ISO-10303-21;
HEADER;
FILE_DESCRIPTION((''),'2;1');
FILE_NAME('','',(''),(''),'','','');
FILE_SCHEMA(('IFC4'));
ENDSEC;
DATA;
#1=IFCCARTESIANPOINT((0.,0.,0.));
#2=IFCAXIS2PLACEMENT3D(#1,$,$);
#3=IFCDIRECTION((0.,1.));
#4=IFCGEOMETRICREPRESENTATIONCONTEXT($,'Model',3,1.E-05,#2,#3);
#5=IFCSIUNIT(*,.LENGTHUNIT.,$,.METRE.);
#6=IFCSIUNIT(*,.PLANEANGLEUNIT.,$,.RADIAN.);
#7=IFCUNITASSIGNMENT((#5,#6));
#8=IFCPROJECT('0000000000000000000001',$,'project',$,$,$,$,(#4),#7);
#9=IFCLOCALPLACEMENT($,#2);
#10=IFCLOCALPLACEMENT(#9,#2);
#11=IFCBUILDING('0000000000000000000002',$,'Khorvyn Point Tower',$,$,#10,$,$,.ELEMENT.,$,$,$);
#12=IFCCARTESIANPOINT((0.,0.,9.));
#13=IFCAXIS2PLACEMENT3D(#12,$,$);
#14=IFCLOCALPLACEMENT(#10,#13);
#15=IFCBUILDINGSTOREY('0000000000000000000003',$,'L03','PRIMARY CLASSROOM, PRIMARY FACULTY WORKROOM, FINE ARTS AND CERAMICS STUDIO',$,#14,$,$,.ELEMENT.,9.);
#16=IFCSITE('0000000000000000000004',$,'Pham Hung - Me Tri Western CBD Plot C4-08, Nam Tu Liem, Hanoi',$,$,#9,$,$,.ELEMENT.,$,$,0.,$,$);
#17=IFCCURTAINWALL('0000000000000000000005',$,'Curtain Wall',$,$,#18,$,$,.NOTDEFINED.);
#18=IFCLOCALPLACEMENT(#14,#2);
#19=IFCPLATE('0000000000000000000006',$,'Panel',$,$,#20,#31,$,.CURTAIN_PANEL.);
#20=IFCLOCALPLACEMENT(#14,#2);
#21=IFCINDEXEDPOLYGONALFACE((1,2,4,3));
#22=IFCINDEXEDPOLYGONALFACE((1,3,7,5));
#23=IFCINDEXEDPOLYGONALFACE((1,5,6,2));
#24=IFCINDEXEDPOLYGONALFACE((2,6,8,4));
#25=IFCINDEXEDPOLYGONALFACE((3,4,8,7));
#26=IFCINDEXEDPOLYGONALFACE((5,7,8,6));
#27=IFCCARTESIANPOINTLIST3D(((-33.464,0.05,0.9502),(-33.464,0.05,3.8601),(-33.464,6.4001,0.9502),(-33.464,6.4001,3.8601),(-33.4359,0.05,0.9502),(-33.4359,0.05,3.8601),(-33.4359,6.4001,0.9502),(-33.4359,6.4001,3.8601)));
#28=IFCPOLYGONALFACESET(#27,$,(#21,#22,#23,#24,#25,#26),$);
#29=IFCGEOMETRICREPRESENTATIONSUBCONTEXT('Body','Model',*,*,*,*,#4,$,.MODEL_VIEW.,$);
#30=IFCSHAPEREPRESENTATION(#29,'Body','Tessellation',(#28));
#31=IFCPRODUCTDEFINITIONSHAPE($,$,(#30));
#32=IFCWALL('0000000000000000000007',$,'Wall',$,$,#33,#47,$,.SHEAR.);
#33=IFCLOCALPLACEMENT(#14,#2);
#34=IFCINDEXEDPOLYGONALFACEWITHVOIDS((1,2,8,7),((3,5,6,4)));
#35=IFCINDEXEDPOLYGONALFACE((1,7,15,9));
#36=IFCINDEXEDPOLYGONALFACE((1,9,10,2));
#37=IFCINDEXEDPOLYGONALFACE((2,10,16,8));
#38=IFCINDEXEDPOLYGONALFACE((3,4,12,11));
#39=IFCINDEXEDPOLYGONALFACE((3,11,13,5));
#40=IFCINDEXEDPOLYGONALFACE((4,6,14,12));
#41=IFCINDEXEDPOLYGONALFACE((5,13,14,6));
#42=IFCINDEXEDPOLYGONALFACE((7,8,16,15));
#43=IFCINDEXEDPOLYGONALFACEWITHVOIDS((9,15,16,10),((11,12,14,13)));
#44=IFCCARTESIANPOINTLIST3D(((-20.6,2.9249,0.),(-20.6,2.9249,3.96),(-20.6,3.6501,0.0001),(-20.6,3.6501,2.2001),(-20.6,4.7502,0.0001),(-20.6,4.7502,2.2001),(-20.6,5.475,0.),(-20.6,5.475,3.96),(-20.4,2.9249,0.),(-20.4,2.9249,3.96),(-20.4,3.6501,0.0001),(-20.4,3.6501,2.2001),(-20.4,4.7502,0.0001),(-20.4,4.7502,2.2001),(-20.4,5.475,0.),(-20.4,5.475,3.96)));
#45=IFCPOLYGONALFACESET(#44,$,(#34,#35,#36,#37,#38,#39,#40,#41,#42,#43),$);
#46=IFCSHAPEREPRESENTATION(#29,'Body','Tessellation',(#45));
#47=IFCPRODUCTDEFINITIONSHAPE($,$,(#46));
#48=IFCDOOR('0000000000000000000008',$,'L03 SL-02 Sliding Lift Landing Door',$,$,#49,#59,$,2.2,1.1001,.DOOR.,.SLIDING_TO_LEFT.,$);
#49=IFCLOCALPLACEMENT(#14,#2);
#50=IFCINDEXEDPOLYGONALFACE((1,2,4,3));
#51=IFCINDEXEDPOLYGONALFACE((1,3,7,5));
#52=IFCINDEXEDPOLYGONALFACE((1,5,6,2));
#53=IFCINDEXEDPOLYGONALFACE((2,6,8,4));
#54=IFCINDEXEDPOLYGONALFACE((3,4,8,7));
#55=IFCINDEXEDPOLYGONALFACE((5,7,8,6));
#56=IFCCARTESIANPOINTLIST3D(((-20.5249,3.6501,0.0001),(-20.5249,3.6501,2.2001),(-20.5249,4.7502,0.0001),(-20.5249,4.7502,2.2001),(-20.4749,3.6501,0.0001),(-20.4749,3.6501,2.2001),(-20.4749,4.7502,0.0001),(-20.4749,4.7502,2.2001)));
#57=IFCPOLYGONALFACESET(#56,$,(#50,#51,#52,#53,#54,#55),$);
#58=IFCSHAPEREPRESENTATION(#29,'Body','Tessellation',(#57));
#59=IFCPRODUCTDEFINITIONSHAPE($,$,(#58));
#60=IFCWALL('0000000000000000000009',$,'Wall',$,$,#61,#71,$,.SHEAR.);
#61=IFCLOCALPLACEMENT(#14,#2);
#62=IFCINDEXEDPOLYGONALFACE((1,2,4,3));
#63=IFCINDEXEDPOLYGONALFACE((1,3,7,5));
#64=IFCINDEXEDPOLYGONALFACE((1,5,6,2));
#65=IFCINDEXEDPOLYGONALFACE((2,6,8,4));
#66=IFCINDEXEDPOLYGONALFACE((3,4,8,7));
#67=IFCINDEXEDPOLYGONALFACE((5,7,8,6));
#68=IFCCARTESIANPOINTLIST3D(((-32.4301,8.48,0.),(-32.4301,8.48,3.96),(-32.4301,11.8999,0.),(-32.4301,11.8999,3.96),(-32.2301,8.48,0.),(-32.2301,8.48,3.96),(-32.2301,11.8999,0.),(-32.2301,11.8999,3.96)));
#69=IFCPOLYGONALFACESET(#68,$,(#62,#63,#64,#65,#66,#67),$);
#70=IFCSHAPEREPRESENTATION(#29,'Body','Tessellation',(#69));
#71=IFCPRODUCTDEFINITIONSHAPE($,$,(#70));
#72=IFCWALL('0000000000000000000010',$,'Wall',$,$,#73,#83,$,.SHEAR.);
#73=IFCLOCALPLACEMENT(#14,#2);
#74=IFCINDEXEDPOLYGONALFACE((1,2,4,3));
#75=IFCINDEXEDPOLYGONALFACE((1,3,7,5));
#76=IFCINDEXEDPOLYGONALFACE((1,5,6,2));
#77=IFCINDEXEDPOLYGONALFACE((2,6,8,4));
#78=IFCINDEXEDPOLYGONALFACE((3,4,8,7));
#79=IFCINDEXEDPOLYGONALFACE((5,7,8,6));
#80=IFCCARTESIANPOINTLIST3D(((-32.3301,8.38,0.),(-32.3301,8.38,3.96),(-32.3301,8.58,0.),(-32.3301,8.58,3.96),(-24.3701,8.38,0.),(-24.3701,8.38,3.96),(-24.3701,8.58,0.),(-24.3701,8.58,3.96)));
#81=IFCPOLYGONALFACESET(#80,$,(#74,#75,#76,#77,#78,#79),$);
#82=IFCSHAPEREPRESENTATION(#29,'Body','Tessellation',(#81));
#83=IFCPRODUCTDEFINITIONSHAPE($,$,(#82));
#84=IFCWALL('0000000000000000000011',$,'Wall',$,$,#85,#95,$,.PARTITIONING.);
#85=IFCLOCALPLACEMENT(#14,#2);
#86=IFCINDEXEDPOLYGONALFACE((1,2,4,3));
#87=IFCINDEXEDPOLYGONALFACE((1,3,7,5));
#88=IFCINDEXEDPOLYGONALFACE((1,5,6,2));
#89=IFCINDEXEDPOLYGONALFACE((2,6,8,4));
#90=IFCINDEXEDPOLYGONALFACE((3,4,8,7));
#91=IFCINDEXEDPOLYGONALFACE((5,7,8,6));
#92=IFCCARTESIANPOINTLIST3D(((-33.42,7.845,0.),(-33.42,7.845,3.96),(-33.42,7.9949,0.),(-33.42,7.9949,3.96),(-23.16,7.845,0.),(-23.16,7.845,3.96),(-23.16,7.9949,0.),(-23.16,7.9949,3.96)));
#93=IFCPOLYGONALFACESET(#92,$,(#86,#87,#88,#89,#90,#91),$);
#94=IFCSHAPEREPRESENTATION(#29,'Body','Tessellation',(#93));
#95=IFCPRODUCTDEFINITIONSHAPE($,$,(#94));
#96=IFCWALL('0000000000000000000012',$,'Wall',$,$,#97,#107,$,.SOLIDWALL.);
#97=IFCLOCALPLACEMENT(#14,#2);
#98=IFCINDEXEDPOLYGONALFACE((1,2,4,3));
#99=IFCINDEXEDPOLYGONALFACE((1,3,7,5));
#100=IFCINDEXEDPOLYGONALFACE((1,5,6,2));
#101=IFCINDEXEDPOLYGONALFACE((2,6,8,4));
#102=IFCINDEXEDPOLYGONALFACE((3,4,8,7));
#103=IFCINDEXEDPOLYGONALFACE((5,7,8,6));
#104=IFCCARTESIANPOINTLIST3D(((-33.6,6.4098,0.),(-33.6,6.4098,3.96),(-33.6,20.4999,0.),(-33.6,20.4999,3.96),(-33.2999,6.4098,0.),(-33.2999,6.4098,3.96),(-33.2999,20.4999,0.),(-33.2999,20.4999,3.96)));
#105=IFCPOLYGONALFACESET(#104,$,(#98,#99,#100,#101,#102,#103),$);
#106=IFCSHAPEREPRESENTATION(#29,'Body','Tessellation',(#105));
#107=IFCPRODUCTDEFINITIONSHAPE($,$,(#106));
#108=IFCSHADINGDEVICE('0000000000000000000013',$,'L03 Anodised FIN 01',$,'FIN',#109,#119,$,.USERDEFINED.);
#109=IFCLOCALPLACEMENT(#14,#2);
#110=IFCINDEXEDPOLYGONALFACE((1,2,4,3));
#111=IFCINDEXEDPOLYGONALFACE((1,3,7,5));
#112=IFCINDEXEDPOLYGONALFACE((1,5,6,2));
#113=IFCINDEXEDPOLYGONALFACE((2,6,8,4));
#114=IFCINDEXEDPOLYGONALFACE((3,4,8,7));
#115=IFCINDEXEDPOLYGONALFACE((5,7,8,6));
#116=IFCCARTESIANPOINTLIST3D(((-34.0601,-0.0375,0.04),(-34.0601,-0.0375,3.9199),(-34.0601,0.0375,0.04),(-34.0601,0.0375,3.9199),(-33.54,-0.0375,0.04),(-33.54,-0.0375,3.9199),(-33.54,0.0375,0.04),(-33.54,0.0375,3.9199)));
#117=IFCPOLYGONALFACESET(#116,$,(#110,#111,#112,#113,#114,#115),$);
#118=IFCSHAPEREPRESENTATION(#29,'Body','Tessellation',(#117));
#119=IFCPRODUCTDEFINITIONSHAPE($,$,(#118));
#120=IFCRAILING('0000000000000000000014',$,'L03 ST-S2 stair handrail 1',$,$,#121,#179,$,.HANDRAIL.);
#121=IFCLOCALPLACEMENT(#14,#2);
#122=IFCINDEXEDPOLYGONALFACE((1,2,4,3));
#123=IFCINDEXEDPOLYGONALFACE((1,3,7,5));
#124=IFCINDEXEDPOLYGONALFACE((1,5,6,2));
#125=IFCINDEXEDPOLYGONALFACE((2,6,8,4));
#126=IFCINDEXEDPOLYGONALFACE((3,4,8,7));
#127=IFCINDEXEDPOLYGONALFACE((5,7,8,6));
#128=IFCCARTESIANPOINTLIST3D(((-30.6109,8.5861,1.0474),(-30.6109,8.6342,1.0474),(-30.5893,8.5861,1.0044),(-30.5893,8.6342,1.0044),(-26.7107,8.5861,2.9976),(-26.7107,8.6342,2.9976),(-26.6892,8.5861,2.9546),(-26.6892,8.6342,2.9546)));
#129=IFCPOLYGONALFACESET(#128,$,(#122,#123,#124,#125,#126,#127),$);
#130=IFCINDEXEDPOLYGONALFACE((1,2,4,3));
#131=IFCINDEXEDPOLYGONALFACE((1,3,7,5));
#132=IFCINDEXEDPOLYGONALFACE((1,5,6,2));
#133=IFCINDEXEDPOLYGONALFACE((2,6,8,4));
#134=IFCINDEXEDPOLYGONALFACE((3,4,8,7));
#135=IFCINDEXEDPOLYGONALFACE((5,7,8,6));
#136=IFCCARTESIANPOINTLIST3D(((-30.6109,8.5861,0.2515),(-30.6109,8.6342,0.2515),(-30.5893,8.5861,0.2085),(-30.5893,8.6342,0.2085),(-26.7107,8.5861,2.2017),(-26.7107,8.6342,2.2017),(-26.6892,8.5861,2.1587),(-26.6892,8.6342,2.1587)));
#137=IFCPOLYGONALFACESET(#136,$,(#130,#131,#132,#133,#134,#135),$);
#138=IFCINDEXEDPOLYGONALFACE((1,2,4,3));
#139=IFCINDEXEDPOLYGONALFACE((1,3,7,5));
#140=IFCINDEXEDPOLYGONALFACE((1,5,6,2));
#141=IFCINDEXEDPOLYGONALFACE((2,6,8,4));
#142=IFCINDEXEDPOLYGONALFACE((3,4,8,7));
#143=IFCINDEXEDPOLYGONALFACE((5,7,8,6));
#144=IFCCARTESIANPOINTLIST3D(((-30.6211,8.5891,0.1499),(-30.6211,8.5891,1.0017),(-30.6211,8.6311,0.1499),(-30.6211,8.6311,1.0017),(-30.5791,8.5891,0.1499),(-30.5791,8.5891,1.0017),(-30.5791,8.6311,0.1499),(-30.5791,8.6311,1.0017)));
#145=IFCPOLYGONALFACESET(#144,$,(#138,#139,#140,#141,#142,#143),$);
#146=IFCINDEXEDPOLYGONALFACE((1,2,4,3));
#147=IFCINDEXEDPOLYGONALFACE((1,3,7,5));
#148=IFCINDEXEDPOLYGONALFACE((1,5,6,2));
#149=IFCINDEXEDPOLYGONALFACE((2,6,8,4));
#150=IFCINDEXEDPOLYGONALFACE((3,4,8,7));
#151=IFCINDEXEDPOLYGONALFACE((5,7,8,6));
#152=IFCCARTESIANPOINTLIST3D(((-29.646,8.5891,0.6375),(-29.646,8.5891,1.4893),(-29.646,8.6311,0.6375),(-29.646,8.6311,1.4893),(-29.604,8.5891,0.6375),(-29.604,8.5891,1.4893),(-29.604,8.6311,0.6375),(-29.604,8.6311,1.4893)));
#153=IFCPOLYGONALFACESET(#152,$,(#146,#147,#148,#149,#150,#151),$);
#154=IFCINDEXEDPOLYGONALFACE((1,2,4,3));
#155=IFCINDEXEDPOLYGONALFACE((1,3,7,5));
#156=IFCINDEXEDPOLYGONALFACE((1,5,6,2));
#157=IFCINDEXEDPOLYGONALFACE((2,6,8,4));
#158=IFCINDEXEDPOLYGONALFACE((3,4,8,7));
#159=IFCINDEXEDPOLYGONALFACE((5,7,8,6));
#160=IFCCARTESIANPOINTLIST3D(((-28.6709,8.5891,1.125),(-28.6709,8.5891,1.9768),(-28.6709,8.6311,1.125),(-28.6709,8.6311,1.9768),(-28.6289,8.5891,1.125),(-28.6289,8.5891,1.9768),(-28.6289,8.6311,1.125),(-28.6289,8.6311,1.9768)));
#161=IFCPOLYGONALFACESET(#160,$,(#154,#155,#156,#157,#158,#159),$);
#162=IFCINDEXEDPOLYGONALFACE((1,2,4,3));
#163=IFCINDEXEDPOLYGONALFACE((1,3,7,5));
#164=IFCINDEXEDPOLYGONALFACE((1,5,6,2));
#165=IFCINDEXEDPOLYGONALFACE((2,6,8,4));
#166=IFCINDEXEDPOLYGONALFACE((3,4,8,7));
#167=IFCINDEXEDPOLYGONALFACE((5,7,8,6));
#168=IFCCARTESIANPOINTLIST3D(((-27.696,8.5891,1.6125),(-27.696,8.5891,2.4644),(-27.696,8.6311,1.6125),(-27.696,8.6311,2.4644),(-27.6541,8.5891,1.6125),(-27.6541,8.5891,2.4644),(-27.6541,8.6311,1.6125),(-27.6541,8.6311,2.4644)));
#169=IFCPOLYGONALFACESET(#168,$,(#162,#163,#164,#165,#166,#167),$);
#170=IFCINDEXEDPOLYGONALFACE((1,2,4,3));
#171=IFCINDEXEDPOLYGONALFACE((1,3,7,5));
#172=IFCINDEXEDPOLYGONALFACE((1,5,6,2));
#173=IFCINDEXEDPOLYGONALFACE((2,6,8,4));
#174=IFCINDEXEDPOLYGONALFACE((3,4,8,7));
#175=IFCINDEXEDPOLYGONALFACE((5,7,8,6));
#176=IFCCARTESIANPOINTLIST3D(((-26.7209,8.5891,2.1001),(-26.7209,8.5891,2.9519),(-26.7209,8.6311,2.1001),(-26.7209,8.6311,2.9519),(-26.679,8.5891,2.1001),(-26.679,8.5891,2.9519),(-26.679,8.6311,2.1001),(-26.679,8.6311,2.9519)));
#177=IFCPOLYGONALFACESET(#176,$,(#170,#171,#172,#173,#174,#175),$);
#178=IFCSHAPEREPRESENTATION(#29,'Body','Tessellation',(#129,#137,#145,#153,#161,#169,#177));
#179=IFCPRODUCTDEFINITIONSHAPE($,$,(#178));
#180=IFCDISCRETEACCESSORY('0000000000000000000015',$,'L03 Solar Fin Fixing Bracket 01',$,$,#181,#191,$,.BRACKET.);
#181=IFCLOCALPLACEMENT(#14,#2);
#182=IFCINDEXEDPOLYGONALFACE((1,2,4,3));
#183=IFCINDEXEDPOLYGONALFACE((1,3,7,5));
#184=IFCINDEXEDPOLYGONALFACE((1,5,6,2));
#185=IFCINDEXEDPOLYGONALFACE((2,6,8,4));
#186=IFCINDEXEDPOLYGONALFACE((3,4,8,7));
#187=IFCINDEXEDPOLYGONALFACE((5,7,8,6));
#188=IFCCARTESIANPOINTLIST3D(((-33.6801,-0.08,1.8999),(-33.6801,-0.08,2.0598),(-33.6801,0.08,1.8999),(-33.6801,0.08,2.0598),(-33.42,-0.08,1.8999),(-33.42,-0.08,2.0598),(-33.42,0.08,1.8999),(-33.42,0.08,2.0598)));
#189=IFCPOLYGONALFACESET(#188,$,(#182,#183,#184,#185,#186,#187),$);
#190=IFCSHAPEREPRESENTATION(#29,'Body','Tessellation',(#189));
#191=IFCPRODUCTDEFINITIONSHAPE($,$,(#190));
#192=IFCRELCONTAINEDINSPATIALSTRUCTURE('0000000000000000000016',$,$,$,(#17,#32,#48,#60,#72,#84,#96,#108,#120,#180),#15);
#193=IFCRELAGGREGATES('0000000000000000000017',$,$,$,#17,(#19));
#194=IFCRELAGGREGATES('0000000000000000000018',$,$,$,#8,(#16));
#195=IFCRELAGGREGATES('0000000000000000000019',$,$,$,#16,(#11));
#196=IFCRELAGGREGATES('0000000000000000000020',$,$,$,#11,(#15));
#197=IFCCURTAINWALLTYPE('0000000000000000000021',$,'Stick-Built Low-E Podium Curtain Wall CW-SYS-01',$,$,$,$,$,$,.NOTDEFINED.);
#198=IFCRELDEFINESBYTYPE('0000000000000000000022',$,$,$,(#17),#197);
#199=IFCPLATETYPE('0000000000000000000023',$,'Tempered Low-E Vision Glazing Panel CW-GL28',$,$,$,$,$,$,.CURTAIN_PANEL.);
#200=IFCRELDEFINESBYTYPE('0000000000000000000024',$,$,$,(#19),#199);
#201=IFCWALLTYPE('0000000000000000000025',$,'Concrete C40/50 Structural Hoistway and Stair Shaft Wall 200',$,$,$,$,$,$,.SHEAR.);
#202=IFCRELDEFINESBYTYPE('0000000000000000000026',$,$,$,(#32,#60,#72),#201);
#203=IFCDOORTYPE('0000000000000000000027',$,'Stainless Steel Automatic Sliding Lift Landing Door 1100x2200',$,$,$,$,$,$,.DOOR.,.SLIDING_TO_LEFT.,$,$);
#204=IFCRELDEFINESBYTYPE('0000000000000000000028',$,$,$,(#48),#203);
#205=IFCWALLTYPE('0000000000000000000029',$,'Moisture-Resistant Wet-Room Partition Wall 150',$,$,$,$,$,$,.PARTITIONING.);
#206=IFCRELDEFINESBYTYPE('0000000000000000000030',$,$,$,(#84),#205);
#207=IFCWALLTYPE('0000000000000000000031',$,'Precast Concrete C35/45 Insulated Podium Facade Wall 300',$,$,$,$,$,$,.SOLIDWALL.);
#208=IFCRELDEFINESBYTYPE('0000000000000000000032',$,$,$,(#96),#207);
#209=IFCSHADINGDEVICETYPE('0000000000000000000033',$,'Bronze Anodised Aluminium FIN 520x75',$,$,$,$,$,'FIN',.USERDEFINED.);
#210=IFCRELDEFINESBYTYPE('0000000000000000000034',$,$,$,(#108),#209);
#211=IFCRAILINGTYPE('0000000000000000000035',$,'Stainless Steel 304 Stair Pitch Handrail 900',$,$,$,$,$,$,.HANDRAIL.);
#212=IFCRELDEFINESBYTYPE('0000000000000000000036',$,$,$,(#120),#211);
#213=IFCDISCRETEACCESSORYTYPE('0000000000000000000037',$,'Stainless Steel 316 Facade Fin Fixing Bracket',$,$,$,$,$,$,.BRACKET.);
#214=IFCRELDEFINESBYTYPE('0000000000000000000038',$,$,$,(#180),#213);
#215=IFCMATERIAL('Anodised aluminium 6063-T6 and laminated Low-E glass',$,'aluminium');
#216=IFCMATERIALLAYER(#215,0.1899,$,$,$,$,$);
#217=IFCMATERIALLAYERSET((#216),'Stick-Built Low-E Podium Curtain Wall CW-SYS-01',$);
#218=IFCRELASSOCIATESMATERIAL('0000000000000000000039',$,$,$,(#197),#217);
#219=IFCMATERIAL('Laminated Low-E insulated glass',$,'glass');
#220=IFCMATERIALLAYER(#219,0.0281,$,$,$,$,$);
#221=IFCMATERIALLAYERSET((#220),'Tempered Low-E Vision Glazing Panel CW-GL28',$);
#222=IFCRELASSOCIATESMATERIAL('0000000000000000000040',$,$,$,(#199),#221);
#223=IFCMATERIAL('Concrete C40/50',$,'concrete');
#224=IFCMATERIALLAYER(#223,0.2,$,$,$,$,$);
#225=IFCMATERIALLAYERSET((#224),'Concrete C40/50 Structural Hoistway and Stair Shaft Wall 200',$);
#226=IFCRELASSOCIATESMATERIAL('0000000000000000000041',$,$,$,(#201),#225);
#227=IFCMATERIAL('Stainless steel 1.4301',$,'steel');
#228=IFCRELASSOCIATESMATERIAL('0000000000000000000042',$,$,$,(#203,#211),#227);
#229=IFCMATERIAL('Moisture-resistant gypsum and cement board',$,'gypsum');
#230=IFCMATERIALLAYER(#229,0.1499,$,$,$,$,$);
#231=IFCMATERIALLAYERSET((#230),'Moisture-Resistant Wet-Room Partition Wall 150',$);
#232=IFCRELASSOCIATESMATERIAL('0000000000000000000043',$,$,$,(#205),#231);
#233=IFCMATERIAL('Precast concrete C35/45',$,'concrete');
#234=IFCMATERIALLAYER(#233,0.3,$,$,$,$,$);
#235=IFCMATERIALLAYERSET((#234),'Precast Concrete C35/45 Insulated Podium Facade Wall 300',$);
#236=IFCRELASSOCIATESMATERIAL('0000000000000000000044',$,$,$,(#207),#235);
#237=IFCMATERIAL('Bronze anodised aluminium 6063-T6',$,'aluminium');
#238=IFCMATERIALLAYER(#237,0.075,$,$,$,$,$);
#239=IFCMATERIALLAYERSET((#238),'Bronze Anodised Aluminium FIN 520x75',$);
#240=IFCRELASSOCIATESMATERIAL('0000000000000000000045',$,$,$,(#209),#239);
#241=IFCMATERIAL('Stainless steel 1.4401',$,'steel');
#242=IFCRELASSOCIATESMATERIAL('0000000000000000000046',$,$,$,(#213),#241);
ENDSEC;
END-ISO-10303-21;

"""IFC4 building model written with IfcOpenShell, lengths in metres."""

from ifc_helpers import new_model, si_unit, direction, frame, frame_2d, origin, origin_2d, place, context, subcontext, project, spatial, rectangle, extrude, material, layer, layer_set, type_object, element, fill, aggregate, save


model = new_model("IFC4")

# Units and contexts
model_context = context("Model", 3, precision=1e-05, world=origin(), true_north=direction((0.0, 1.0)))
body_context = subcontext(model_context, "Body", "Model", "MODEL_VIEW")
ifc_project = project(units=[si_unit("LENGTHUNIT", "METRE"), si_unit("PLANEANGLEUNIT", "RADIAN")], contexts=[model_context])

# Site, building, storey
site_placement = place(None, origin())
site = spatial("IfcSite", under=ifc_project, at=site_placement, Name="Pham Hung - Me Tri Western CBD Plot C4-08, Nam Tu Liem, Hanoi", CompositionType="ELEMENT", RefElevation=0.0)
building_placement = place(site_placement, origin())
building = spatial("IfcBuilding", under=site, at=building_placement, Name="Khorvyn Point Tower", CompositionType="ELEMENT")
storey_placement = place(building_placement, frame((0.0, 0.0, 9.0)))
storey = spatial("IfcBuildingStorey", under=building, at=storey_placement, Name="L03", Description="PRIMARY CLASSROOM, PRIMARY FACULTY WORKROOM, FINE ARTS AND CERAMICS STUDIO", CompositionType="ELEMENT", Elevation=9.0)

# Shared definitions
ifc_material_1 = material(Name="Concrete C40/50", Category="concrete")

# Curtain wall
ifc_material_2 = material(Name="Anodised aluminium 6063-T6 and laminated Low-E glass", Category="aluminium")
ifc_layer_1 = layer(ifc_material_2, 0.1899)
ifc_layer_set_1 = layer_set([ifc_layer_1], Name="Stick-Built Low-E Podium Curtain Wall CW-SYS-01")
curtain_wall_type = type_object("IfcCurtainWallType", Name="Stick-Built Low-E Podium Curtain Wall CW-SYS-01", PredefinedType="NOTDEFINED", material=ifc_layer_set_1)
curtain_wall_placement = place(storey_placement, origin())
curtain_wall = element("IfcCurtainWall", 1, at=curtain_wall_placement, inside=storey, type_object=curtain_wall_type, Name="Curtain Wall", PredefinedType="NOTDEFINED")

# Plate
ifc_material_3 = material(Name="Laminated Low-E insulated glass", Category="glass")
ifc_layer_2 = layer(ifc_material_3, 0.0281)
ifc_layer_set_2 = layer_set([ifc_layer_2], Name="Tempered Low-E Vision Glazing Panel CW-GL28")
plate_type_1 = type_object("IfcPlateType", Name="Tempered Low-E Vision Glazing Panel CW-GL28", PredefinedType="CURTAIN_PANEL", material=ifc_layer_set_2)
plate_1_placement = place(storey_placement, frame((-33.45, 3.2251, 0.9502), z_axis=(0.0, 0.0, 1.0), x_axis=(0.0, 1.0, 0.0)))
plate_1 = element("IfcPlate", 2, at=plate_1_placement, type_object=plate_type_1, Name="Panel", PredefinedType="CURTAIN_PANEL", context=body_context, shape_type="SweptSolid", body=[
    extrude(rectangle(XDim=6.3501, YDim=0.0281, at=origin_2d()), origin(), (0.0, 0.0, 1.0), 2.9099),
])
aggregate(curtain_wall, [plate_1])

# Wall, opening, door
ifc_layer_3 = layer(ifc_material_1, 0.2)
ifc_layer_set_3 = layer_set([ifc_layer_3], Name="Concrete C40/50 Structural Hoistway and Stair Shaft Wall 200")
wall_type_1 = type_object("IfcWallType", Name="Concrete C40/50 Structural Hoistway and Stair Shaft Wall 200", PredefinedType="SHEAR", material=ifc_layer_set_3)
wall_1_placement = place(storey_placement, frame((-20.5, 2.925, 0.0), z_axis=(0.0, 0.0, 1.0), x_axis=(0.0, 1.0, 0.0)))
wall_1 = element("IfcWall", 3, at=wall_1_placement, inside=storey, type_object=wall_type_1, Name="Wall", PredefinedType="SHEAR", context=body_context, shape_type="SweptSolid", body=[
    extrude(rectangle(XDim=2.55, YDim=0.2, at=frame_2d((1.2749, 0.0))), origin(), (0.0, 0.0, 1.0), 3.96),
])
opening_placement = place(wall_1_placement, frame((0.7251, 0.0, 0.0)))
opening = element("IfcOpeningElement", 4, at=opening_placement, cuts=wall_1, PredefinedType="OPENING", context=body_context, shape_type="SweptSolid", body=[
    extrude(rectangle(XDim=1.1001, YDim=2.2, at=frame_2d((0.55, 1.1001))), frame((0.0, 0.1099, 0.0), z_axis=(0.0, -1.0, 0.0), x_axis=(1.0, 0.0, 0.0)), (0.0, 0.0, 1.0), 0.22),
])
ifc_material_4 = material(Name="Stainless steel 1.4301", Category="steel")
door_type = type_object("IfcDoorType", Name="Stainless Steel Automatic Sliding Lift Landing Door 1100x2200", OperationType="SLIDING_TO_LEFT", PredefinedType="DOOR", material=ifc_material_4)
door_placement = place(opening_placement, origin())
door = element("IfcDoor", 5, at=door_placement, inside=storey, type_object=door_type, Name="L03 SL-02 Sliding Lift Landing Door", OperationType="SLIDING_TO_LEFT", OverallHeight=2.2, OverallWidth=1.1001, PredefinedType="DOOR", context=body_context, shape_type="SweptSolid", body=[
    extrude(rectangle(XDim=1.1001, YDim=2.2, at=frame_2d((0.55, 1.1001))), frame((0.0, 0.0249, 0.0), z_axis=(0.0, -1.0, 0.0), x_axis=(1.0, 0.0, 0.0)), (0.0, 0.0, 1.0), 0.05),
])
fill(opening, door)

# Walls
wall_2_placement = place(storey_placement, frame((-32.3301, 8.48, 0.0), z_axis=(0.0, 0.0, 1.0), x_axis=(0.0, 1.0, 0.0)))
element("IfcWall", 6, at=wall_2_placement, inside=storey, type_object=wall_type_1, Name="Wall", PredefinedType="SHEAR", context=body_context, shape_type="SweptSolid", body=[
    extrude(rectangle(XDim=3.4199, YDim=0.2, at=frame_2d((1.71, 0.0))), origin(), (0.0, 0.0, 1.0), 3.96),
])
wall_3_placement = place(storey_placement, frame((-24.3701, 8.48, 0.0), z_axis=(0.0, 0.0, 1.0), x_axis=(-1.0, 0.0, 0.0)))
element("IfcWall", 7, at=wall_3_placement, inside=storey, type_object=wall_type_1, Name="Wall", PredefinedType="SHEAR", context=body_context, shape_type="SweptSolid", body=[
    extrude(rectangle(XDim=7.96, YDim=0.2, at=frame_2d((3.98, 0.0))), origin(), (0.0, 0.0, 1.0), 3.96),
])
ifc_material_5 = material(Name="Moisture-resistant gypsum and cement board", Category="gypsum")
ifc_layer_4 = layer(ifc_material_5, 0.1499)
ifc_layer_set_4 = layer_set([ifc_layer_4], Name="Moisture-Resistant Wet-Room Partition Wall 150")
wall_type_2 = type_object("IfcWallType", Name="Moisture-Resistant Wet-Room Partition Wall 150", PredefinedType="PARTITIONING", material=ifc_layer_set_4)
wall_4_placement = place(storey_placement, frame((-33.4199, 7.9199, 0.0), z_axis=(0.0, 0.0, 1.0), x_axis=(1.0, 0.0, 0.0)))
element("IfcWall", 8, at=wall_4_placement, inside=storey, type_object=wall_type_2, Name="Wall", PredefinedType="PARTITIONING", context=body_context, shape_type="SweptSolid", body=[
    extrude(rectangle(XDim=10.26, YDim=0.1499, at=frame_2d((5.1299, 0.0))), origin(), (0.0, 0.0, 1.0), 3.96),
])
ifc_material_6 = material(Name="Precast concrete C35/45", Category="concrete")
ifc_layer_5 = layer(ifc_material_6, 0.3)
ifc_layer_set_5 = layer_set([ifc_layer_5], Name="Precast Concrete C35/45 Insulated Podium Facade Wall 300")
wall_type_3 = type_object("IfcWallType", Name="Precast Concrete C35/45 Insulated Podium Facade Wall 300", PredefinedType="SOLIDWALL", material=ifc_layer_set_5)
wall_5_placement = place(storey_placement, frame((-33.45, 6.4099, 0.0), z_axis=(0.0, 0.0, 1.0), x_axis=(0.0, 1.0, 0.0)))
element("IfcWall", 9, at=wall_5_placement, inside=storey, type_object=wall_type_3, Name="Wall", PredefinedType="SOLIDWALL", context=body_context, shape_type="SweptSolid", body=[
    extrude(rectangle(XDim=14.0901, YDim=0.3, at=frame_2d((7.0449, 0.0))), origin(), (0.0, 0.0, 1.0), 3.96),
])

# Shading device
ifc_material_7 = material(Name="Bronze anodised aluminium 6063-T6", Category="aluminium")
ifc_layer_6 = layer(ifc_material_7, 0.075)
ifc_layer_set_6 = layer_set([ifc_layer_6], Name="Bronze Anodised Aluminium FIN 520x75")
shading_device_type = type_object("IfcShadingDeviceType", Name="Bronze Anodised Aluminium FIN 520x75", ElementType="FIN", PredefinedType="USERDEFINED", material=ifc_layer_set_6)
shading_device_placement = place(storey_placement, frame((-33.8, 0.0, 0.04), z_axis=(0.0, 0.0, 1.0), x_axis=(-1.0, 0.0, 0.0)))
element("IfcShadingDevice", 10, at=shading_device_placement, inside=storey, type_object=shading_device_type, Name="L03 Anodised FIN 01", ObjectType="FIN", PredefinedType="USERDEFINED", context=body_context, shape_type="SweptSolid", body=[
    extrude(rectangle(XDim=0.52, YDim=0.075, at=origin_2d()), origin(), (0.0, 0.0, 1.0), 3.8799),
])

# Railing
railing_type = type_object("IfcRailingType", Name="Stainless Steel 304 Stair Pitch Handrail 900", PredefinedType="HANDRAIL", material=ifc_material_4)
railing_placement = place(storey_placement, frame((-30.6001, 8.6101, 0.1499)))
element("IfcRailing", 11, at=railing_placement, inside=storey, type_object=railing_type, Name="L03 ST-S2 stair handrail 1", PredefinedType="HANDRAIL", context=body_context, shape_type="SweptSolid", body=[
    extrude(rectangle(XDim=0.0481, YDim=0.0481, at=origin_2d()), frame((0.0, 0.0, 0.876), z_axis=(0.894416, 0.0, 0.447236), x_axis=(0.0, 1.0, 0.0)), (0.0, 0.0, 1.0), 4.3606),
    extrude(rectangle(XDim=0.0481, YDim=0.0481, at=origin_2d()), frame((0.0, 0.0, 0.0801), z_axis=(0.894416, 0.0, 0.447236), x_axis=(0.0, 1.0, 0.0)), (0.0, 0.0, 1.0), 4.3606),
    extrude(rectangle(XDim=0.042, YDim=0.042, at=origin_2d()), origin(), (0.0, 0.0, 1.0), 0.8518),
    extrude(rectangle(XDim=0.042, YDim=0.042, at=origin_2d()), frame((0.9751, 0.0, 0.4875)), (0.0, 0.0, 1.0), 0.8518),
    extrude(rectangle(XDim=0.042, YDim=0.042, at=origin_2d()), frame((1.9502, 0.0, 0.9751)), (0.0, 0.0, 1.0), 0.8518),
    extrude(rectangle(XDim=0.042, YDim=0.042, at=origin_2d()), frame((2.925, 0.0, 1.4626)), (0.0, 0.0, 1.0), 0.8518),
    extrude(rectangle(XDim=0.042, YDim=0.042, at=origin_2d()), frame((3.9001, 0.0, 1.9502)), (0.0, 0.0, 1.0), 0.8518),
])

# Discrete accessory
ifc_material_8 = material(Name="Stainless steel 1.4401", Category="steel")
discrete_accessory_type = type_object("IfcDiscreteAccessoryType", Name="Stainless Steel 316 Facade Fin Fixing Bracket", PredefinedType="BRACKET", material=ifc_material_8)
discrete_accessory_placement = place(storey_placement, frame((-33.55, 0.0, 1.8999), z_axis=(0.0, 0.0, 1.0), x_axis=(0.0, 1.0, 0.0)))
element("IfcDiscreteAccessory", 12, at=discrete_accessory_placement, inside=storey, type_object=discrete_accessory_type, Name="L03 Solar Fin Fixing Bracket 01", PredefinedType="BRACKET", context=body_context, shape_type="SweptSolid", body=[
    extrude(rectangle(XDim=0.1599, YDim=0.26, at=origin_2d()), origin(), (0.0, 0.0, 1.0), 0.1599),
])

save(model, "model.ifc")
